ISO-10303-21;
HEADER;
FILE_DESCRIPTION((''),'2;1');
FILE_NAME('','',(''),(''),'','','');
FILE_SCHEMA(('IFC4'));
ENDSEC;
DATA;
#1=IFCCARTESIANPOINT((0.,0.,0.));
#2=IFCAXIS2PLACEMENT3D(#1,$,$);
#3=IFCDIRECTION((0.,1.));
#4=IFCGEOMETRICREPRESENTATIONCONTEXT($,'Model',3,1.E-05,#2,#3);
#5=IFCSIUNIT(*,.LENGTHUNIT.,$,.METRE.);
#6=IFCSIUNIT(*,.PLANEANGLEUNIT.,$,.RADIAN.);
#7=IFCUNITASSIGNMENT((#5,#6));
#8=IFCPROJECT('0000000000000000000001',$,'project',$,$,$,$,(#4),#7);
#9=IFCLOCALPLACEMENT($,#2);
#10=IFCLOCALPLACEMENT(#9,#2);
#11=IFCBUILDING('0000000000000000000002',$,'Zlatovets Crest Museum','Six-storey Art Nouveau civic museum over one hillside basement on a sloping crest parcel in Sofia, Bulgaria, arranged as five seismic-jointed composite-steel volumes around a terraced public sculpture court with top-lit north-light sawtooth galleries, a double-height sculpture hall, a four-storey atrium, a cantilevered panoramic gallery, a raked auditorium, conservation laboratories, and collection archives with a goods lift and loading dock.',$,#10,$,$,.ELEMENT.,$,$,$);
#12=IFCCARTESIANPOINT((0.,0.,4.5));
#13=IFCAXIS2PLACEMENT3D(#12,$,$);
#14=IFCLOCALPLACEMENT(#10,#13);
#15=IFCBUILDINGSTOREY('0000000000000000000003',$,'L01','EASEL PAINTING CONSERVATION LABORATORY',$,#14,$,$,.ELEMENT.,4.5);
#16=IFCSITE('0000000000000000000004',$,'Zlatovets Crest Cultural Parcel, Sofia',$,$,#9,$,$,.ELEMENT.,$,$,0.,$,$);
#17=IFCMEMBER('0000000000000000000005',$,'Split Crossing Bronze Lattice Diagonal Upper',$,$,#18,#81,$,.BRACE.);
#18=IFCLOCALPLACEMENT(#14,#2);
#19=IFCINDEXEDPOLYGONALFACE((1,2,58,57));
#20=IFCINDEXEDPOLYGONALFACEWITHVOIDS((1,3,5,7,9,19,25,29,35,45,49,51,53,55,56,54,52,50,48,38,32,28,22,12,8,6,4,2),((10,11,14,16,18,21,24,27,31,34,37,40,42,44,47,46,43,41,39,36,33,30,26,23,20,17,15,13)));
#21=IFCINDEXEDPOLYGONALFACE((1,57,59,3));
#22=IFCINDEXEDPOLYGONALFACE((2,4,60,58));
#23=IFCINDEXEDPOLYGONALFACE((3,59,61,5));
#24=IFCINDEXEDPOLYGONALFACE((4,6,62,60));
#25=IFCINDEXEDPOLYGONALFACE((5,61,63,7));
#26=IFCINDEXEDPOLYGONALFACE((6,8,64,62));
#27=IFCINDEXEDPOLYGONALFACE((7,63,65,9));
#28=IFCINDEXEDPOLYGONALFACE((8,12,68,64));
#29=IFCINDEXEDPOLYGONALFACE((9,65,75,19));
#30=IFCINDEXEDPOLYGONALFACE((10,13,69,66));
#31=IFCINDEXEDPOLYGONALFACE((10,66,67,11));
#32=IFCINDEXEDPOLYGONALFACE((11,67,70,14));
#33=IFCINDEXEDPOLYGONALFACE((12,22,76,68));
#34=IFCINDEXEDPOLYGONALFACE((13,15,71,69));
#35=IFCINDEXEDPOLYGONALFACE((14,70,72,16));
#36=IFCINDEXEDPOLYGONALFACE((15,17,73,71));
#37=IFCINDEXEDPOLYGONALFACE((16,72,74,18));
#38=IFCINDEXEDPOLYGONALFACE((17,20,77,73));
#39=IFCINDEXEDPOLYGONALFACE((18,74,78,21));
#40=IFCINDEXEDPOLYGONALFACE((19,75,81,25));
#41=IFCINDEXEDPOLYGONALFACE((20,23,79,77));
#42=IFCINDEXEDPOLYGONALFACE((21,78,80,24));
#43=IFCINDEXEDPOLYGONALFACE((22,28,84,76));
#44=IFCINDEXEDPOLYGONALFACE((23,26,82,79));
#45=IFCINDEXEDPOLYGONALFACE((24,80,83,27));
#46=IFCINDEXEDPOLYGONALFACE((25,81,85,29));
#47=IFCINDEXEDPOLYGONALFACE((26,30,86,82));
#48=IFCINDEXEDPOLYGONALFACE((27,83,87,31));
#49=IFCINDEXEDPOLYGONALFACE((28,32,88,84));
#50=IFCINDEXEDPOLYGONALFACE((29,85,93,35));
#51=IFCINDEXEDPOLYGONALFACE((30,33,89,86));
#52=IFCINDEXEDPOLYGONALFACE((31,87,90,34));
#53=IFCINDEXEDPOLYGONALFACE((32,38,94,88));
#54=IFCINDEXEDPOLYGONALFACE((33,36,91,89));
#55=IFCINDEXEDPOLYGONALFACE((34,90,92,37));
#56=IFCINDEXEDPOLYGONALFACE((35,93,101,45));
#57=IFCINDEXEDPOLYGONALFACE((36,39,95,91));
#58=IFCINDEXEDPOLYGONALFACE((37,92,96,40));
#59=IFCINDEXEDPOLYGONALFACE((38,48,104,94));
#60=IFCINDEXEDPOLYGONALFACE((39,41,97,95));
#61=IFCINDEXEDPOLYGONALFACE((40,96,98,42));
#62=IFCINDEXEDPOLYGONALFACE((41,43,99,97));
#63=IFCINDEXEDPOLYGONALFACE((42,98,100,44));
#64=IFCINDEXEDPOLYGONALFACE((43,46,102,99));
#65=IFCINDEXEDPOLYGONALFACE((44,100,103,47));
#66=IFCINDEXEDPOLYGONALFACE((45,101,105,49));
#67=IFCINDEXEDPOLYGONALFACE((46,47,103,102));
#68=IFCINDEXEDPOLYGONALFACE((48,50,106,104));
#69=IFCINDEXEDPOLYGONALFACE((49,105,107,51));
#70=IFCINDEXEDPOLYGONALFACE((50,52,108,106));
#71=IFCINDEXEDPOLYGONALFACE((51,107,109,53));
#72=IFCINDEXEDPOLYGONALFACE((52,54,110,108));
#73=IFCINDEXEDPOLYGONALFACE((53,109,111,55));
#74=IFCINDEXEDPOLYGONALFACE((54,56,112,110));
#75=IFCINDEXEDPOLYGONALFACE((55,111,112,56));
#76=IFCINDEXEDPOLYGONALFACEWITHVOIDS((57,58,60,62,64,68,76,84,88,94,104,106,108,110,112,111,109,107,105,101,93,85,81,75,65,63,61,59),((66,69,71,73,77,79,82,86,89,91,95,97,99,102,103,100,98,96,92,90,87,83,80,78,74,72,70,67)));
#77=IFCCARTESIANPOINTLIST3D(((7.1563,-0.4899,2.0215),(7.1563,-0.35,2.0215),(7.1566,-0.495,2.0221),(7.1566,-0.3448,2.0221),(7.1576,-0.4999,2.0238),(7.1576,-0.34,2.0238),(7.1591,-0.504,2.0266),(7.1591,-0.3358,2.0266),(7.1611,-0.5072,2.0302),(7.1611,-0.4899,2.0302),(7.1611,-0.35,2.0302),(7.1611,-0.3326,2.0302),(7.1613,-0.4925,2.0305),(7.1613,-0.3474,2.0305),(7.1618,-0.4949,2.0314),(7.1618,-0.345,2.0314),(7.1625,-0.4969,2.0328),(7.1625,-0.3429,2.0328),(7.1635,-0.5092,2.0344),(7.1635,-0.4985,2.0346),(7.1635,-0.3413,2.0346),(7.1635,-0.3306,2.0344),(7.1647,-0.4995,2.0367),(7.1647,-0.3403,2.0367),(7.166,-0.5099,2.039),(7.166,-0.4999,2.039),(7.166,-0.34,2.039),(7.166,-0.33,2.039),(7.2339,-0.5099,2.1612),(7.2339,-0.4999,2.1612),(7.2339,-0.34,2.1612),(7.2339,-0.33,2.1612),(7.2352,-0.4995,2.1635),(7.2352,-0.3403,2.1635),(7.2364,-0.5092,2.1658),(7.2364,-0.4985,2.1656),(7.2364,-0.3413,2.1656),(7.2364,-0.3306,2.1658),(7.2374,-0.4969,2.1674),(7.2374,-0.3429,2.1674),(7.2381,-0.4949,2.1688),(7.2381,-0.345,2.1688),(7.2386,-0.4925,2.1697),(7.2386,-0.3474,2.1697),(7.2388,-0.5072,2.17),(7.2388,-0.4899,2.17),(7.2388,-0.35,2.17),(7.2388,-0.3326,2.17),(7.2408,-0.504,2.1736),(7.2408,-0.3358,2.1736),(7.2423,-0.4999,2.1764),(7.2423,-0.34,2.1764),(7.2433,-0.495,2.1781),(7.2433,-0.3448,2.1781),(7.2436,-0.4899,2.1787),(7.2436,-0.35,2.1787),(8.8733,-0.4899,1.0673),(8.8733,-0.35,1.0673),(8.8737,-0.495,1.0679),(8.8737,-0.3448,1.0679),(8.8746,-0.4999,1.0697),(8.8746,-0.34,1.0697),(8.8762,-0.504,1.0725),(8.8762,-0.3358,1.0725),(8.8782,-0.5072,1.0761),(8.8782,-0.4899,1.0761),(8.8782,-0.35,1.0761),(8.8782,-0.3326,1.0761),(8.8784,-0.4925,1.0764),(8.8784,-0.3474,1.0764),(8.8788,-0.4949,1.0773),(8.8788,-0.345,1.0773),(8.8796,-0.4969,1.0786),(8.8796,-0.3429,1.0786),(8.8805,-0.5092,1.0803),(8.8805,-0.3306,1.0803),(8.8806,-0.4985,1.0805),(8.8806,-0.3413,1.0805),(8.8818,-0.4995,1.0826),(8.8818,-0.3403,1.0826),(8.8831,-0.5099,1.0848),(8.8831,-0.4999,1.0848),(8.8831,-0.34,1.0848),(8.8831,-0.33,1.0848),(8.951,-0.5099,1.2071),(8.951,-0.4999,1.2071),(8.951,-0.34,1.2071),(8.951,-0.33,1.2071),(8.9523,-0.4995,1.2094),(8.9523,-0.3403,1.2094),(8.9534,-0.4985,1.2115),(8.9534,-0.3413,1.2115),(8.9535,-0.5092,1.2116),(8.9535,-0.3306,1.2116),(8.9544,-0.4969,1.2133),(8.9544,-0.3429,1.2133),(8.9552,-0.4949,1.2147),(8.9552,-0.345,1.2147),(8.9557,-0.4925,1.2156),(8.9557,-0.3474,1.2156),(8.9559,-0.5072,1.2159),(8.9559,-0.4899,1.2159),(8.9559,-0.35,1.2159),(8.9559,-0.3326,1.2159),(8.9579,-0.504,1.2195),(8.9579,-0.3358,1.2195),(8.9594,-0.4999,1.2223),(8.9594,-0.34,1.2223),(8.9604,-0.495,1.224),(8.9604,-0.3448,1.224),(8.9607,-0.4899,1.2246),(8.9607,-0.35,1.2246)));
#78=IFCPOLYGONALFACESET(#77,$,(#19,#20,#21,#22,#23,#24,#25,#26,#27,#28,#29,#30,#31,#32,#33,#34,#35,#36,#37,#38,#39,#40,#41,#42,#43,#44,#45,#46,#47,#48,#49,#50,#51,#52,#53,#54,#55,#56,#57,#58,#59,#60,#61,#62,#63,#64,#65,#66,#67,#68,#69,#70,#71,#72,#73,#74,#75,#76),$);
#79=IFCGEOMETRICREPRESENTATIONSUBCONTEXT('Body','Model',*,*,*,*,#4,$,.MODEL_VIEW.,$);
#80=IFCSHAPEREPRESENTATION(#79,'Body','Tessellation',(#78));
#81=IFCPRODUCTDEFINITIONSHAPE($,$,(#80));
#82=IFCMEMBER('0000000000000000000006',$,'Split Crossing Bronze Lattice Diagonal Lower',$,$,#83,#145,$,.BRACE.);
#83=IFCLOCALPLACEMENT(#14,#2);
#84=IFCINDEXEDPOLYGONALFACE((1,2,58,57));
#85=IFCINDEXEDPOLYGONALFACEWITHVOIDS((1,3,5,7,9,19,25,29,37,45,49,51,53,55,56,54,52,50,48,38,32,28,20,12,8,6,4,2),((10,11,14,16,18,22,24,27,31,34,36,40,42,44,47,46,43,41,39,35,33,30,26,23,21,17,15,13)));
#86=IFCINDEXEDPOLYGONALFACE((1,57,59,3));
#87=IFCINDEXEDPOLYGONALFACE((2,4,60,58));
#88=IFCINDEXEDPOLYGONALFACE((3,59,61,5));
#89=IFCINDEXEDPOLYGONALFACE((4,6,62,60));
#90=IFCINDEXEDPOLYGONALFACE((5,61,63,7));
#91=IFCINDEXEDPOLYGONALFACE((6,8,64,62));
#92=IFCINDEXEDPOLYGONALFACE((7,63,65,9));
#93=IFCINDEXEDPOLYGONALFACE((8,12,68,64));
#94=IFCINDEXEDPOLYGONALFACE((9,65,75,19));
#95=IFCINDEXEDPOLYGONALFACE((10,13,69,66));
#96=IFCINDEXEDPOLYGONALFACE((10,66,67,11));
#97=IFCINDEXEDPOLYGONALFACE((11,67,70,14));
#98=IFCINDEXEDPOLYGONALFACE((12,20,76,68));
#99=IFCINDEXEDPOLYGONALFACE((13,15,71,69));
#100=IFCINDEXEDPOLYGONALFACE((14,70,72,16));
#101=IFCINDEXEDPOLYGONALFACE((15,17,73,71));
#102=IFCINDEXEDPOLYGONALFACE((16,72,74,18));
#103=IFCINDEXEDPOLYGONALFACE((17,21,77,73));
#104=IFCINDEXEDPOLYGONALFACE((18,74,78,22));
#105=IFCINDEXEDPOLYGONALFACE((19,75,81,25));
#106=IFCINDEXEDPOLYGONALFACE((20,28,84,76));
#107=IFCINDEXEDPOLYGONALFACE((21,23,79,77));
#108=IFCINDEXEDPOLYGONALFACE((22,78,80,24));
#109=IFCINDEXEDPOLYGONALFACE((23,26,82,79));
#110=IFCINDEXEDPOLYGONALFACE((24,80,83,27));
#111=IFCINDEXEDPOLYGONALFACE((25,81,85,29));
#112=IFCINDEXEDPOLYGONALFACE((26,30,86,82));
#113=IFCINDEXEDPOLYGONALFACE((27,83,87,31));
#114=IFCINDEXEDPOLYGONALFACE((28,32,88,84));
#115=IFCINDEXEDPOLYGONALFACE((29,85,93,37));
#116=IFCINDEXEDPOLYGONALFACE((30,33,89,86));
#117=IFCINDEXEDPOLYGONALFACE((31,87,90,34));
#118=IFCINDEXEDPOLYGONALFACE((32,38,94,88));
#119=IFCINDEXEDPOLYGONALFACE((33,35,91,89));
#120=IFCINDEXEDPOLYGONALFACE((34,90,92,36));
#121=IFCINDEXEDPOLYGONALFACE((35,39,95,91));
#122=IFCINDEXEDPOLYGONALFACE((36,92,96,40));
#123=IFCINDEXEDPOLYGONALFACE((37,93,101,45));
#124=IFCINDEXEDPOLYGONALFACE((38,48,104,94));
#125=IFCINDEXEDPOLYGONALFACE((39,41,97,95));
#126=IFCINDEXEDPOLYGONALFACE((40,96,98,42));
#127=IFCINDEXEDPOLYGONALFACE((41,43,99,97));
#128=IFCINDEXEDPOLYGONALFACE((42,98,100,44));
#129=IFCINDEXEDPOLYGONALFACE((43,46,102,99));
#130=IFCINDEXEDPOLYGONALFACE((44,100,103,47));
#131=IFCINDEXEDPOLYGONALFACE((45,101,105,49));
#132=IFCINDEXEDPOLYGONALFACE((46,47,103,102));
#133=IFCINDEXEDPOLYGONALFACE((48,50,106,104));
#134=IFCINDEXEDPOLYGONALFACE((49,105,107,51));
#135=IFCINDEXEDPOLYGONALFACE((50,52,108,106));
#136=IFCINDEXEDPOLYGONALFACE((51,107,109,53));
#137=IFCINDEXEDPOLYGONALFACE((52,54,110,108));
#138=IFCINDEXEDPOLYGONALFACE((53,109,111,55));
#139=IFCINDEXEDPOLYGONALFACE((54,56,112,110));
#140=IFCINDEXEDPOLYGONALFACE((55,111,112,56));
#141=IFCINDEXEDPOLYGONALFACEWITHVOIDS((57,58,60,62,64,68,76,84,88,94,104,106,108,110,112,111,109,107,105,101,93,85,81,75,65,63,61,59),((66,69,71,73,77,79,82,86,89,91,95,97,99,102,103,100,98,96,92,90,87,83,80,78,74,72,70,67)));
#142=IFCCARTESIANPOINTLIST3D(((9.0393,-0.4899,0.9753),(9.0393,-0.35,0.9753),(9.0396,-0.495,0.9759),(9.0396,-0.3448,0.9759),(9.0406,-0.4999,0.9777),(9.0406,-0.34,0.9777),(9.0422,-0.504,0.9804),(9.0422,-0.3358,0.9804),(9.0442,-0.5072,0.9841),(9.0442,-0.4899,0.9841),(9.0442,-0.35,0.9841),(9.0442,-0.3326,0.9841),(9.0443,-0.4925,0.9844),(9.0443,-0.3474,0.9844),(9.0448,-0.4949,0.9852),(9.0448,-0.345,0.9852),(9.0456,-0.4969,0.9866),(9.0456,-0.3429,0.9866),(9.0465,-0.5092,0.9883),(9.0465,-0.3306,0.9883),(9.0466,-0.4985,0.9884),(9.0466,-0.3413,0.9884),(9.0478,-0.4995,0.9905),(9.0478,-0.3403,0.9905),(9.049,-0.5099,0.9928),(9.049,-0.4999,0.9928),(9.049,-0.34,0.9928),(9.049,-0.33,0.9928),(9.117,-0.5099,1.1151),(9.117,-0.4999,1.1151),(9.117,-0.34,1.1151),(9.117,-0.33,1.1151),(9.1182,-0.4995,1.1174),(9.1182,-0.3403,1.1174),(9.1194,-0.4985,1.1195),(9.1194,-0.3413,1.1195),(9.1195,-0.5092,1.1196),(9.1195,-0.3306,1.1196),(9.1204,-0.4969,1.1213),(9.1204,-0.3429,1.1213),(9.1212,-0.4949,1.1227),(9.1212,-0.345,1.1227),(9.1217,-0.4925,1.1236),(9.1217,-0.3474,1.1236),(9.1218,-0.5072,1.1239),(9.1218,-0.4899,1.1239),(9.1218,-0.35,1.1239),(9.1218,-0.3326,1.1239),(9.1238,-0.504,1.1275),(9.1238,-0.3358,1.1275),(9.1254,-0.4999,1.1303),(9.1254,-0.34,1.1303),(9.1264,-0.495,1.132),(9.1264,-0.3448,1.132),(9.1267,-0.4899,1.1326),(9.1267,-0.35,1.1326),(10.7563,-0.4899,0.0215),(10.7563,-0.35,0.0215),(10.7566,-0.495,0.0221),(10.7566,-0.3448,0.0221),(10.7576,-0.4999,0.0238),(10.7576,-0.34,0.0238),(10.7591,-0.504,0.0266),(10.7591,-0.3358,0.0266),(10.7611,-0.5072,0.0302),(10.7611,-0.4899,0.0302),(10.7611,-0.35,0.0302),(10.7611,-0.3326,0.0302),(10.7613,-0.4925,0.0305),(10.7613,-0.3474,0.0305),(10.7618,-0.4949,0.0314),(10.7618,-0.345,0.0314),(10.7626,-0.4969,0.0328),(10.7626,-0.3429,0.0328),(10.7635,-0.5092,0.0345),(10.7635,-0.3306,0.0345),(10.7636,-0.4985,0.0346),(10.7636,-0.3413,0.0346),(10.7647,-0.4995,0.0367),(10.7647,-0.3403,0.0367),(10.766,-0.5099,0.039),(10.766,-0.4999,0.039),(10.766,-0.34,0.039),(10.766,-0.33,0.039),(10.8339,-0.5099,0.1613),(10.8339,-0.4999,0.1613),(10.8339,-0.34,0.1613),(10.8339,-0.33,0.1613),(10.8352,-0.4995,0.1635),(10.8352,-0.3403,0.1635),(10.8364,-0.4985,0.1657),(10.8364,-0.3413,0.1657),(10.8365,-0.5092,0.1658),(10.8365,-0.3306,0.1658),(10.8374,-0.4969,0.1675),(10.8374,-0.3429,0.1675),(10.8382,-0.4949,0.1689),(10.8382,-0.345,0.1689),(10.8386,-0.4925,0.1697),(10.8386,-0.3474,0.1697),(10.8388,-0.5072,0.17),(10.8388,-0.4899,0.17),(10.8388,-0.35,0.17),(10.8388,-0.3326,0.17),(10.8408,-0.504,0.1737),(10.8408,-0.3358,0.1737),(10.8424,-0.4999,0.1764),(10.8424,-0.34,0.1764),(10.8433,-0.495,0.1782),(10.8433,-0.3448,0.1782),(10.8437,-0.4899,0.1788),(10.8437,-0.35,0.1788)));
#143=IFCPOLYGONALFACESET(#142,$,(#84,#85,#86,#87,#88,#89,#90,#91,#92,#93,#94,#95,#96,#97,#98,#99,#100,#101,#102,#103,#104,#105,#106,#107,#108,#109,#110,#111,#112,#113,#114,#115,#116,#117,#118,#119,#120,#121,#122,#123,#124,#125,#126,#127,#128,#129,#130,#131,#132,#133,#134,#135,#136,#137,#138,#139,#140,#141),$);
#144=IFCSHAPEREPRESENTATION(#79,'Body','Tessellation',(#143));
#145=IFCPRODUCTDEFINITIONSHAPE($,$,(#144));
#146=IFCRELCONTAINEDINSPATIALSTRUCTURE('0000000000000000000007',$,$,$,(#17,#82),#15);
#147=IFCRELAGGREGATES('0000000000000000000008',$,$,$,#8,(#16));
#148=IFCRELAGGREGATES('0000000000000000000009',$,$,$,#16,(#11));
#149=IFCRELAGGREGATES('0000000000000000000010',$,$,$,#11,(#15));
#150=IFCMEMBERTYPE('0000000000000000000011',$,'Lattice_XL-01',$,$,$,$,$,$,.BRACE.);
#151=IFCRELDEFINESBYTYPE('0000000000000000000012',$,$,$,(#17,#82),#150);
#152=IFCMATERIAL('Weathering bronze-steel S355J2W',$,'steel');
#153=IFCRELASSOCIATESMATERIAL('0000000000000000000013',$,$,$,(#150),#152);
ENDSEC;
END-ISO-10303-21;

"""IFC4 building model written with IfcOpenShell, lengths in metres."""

from ifc_helpers import new_model, si_unit, direction, frame, origin, origin_2d, place, context, subcontext, project, spatial, hollow_rectangle, extrude, material, material_profile, profile_set, type_object, element, save


model = new_model("IFC4")

# Units and contexts
model_context = context("Model", 3, precision=1e-05, world=origin(), true_north=direction((0.0, 1.0)))
body_context = subcontext(model_context, "Body", "Model", "MODEL_VIEW")
ifc_project = project(units=[si_unit("LENGTHUNIT", "METRE"), si_unit("PLANEANGLEUNIT", "RADIAN")], contexts=[model_context])

# Site, building, storey
site_placement = place(None, origin())
site = spatial("IfcSite", under=ifc_project, at=site_placement, Name="Zlatovets Crest Cultural Parcel, Sofia", CompositionType="ELEMENT", RefElevation=0.0)
building_placement = place(site_placement, origin())
building = spatial("IfcBuilding", under=site, at=building_placement, Name="Zlatovets Crest Museum", Description="Six-storey Art Nouveau civic museum over one hillside basement on a sloping crest parcel in Sofia, Bulgaria, arranged as five seismic-jointed composite-steel volumes around a terraced public sculpture court with top-lit north-light sawtooth galleries, a double-height sculpture hall, a four-storey atrium, a cantilevered panoramic gallery, a raked auditorium, conservation laboratories, and collection archives with a goods lift and loading dock.", CompositionType="ELEMENT")
storey_placement = place(building_placement, frame((0.0, 0.0, 4.5)))
storey = spatial("IfcBuildingStorey", under=building, at=storey_placement, Name="L01", Description="EASEL PAINTING CONSERVATION LABORATORY", CompositionType="ELEMENT", Elevation=4.5)

# Members
ifc_material_1 = material(Name="Weathering bronze-steel S355J2W", Category="steel")
ifc_material_profile_1 = material_profile(ifc_material_1, hollow_rectangle(XDim=0.1799, YDim=0.1799, WallThickness=0.01, InnerFilletRadius=0.01, OuterFilletRadius=0.02, at=origin_2d()), Name="SHS 180x180x10.0")
ifc_profile_set_1 = profile_set([ifc_material_profile_1], Name="Weathering bronze-steel S355J2W")
member_type_1 = type_object("IfcMemberType", Name="Lattice_XL-01", PredefinedType="BRACE", material=ifc_profile_set_1)
member_1_placement = place(storey_placement, frame((7.2, -0.4199, 2.1001), z_axis=(0.874116, 0.0, -0.485717), x_axis=(0.0, 1.0, 0.0)))
element("IfcMember", 1, at=member_1_placement, inside=storey, type_object=member_type_1, Name="Split Crossing Bronze Lattice Diagonal Upper", PredefinedType="BRACE", context=body_context, shape_type="SweptSolid", body=[
    extrude(hollow_rectangle(XDim=0.1799, YDim=0.1799, WallThickness=0.01, InnerFilletRadius=0.01, OuterFilletRadius=0.02, at=origin_2d()), origin(), (0.0, 0.0, 1.0), 1.9644),
])
member_2_placement = place(storey_placement, frame((9.083, -0.4199, 1.054), z_axis=(0.874169, 0.0, -0.485622), x_axis=(0.0, 1.0, 0.0)))
element("IfcMember", 2, at=member_2_placement, inside=storey, type_object=member_type_1, Name="Split Crossing Bronze Lattice Diagonal Lower", PredefinedType="BRACE", context=body_context, shape_type="SweptSolid", body=[
    extrude(hollow_rectangle(XDim=0.1799, YDim=0.1799, WallThickness=0.01, InnerFilletRadius=0.01, OuterFilletRadius=0.02, at=origin_2d()), origin(), (0.0, 0.0, 1.0), 1.9641),
])

save(model, "model.ifc")
